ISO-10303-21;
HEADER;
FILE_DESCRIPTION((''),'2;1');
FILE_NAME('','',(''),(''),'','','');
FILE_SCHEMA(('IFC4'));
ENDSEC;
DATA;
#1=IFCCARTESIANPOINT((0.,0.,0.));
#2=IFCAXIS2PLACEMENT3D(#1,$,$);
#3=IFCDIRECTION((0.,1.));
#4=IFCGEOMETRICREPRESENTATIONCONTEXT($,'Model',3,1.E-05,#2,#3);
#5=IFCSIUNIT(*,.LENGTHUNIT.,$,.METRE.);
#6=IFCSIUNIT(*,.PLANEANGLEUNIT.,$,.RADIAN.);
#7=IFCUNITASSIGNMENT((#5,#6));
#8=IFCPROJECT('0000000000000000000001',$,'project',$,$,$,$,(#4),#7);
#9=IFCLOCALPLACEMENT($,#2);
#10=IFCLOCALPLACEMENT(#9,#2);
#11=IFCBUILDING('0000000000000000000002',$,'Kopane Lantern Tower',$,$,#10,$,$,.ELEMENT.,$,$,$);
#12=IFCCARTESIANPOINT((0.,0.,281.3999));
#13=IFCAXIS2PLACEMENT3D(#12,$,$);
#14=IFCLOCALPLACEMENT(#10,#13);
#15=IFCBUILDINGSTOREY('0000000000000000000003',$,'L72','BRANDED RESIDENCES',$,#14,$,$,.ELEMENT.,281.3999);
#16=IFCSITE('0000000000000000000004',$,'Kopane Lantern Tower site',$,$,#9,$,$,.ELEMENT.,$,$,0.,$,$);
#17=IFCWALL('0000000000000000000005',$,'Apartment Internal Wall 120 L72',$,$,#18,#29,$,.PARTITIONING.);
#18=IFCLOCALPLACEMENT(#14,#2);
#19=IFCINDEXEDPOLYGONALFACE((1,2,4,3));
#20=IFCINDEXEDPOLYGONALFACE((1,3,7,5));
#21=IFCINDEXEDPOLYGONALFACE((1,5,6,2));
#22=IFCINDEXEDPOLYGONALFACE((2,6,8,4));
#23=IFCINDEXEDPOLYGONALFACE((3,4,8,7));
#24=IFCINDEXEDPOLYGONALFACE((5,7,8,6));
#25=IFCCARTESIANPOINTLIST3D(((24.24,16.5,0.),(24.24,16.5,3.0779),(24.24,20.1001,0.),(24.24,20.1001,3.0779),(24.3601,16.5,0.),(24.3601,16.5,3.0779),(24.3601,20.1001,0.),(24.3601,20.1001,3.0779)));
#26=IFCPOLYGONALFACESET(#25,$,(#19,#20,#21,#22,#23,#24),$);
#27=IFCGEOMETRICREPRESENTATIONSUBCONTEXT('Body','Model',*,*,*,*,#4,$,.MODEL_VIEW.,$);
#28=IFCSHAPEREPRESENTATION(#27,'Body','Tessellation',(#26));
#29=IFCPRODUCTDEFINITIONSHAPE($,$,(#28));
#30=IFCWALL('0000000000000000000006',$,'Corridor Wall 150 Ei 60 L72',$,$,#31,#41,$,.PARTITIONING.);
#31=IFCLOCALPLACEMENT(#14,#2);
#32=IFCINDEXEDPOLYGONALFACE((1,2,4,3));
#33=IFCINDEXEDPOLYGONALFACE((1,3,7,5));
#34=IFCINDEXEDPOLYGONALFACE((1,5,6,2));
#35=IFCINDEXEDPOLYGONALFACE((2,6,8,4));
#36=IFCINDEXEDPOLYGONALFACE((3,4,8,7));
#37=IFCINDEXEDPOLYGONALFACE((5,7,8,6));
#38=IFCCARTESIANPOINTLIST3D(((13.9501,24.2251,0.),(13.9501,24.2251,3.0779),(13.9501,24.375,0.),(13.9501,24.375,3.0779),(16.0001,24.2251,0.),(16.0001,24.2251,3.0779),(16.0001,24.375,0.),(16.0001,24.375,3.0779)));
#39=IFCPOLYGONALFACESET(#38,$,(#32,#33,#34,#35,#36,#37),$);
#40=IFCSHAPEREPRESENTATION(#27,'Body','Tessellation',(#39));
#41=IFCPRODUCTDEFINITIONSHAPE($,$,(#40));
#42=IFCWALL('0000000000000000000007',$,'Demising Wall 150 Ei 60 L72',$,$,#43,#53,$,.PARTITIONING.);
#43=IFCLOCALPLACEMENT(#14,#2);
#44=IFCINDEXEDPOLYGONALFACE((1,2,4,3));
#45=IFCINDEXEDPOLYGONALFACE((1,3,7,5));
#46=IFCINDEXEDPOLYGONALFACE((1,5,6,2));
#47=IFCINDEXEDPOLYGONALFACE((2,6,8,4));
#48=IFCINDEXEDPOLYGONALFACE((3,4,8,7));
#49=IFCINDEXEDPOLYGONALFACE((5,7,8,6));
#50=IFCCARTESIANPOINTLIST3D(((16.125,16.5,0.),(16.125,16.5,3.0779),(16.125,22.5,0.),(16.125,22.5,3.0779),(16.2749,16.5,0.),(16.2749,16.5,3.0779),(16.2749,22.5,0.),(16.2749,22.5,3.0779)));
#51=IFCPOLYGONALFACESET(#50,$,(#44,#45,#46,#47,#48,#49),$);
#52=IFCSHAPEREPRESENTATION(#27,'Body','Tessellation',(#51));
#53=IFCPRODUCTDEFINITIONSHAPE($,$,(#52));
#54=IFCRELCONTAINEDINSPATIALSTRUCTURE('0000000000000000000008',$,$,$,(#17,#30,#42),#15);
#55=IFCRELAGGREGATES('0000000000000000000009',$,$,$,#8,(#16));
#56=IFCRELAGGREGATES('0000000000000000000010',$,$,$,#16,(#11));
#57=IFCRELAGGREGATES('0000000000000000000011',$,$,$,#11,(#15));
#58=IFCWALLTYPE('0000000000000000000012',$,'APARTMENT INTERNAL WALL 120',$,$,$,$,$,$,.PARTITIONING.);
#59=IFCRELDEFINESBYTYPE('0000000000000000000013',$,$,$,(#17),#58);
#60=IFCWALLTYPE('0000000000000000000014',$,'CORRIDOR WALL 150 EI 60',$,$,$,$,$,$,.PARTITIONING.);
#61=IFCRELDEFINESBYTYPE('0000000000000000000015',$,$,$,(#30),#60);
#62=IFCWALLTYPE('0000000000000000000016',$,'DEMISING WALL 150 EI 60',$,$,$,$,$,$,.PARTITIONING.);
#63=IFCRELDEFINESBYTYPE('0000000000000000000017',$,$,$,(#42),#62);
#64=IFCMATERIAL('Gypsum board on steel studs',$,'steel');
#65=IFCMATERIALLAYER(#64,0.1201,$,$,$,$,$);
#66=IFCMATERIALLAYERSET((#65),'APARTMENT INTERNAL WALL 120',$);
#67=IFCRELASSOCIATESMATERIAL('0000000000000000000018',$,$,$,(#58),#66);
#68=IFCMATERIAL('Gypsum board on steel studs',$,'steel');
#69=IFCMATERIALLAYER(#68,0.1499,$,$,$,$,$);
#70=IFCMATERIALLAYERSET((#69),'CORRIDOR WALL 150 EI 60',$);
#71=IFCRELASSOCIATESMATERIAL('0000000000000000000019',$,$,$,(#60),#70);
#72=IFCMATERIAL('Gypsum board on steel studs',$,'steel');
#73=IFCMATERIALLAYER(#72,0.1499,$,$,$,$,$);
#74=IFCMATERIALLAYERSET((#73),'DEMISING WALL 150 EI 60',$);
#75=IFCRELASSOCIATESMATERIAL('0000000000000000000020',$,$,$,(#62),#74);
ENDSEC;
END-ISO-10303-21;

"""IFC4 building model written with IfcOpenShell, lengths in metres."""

from ifc_helpers import new_model, si_unit, direction, frame, frame_2d, origin, place, context, subcontext, project, spatial, rectangle, extrude, material, layer, layer_set, type_object, element, save


model = new_model("IFC4")

# Units and contexts
model_context = context("Model", 3, precision=1e-05, world=origin(), true_north=direction((0.0, 1.0)))
body_context = subcontext(model_context, "Body", "Model", "MODEL_VIEW")
ifc_project = project(units=[si_unit("LENGTHUNIT", "METRE"), si_unit("PLANEANGLEUNIT", "RADIAN")], contexts=[model_context])

# Site, building, storey
site_placement = place(None, origin())
site = spatial("IfcSite", under=ifc_project, at=site_placement, Name="Kopane Lantern Tower site", CompositionType="ELEMENT", RefElevation=0.0)
building_placement = place(site_placement, origin())
building = spatial("IfcBuilding", under=site, at=building_placement, Name="Kopane Lantern Tower", CompositionType="ELEMENT")
storey_placement = place(building_placement, frame((0.0, 0.0, 281.3999)))
storey = spatial("IfcBuildingStorey", under=building, at=storey_placement, Name="L72", Description="BRANDED RESIDENCES", CompositionType="ELEMENT", Elevation=281.3999)

# Walls
ifc_material_1 = material(Name="Gypsum board on steel studs", Category="steel")
ifc_layer_1 = layer(ifc_material_1, 0.1201)
ifc_layer_set_1 = layer_set([ifc_layer_1], Name="APARTMENT INTERNAL WALL 120")
wall_type_1 = type_object("IfcWallType", Name="APARTMENT INTERNAL WALL 120", PredefinedType="PARTITIONING", material=ifc_layer_set_1)
wall_1_placement = place(storey_placement, frame((24.3, 20.1001, 0.0), z_axis=(0.0, 0.0, 1.0), x_axis=(0.0, -1.0, 0.0)))
element("IfcWall", 1, at=wall_1_placement, inside=storey, type_object=wall_type_1, Name="Apartment Internal Wall 120 L72", PredefinedType="PARTITIONING", context=body_context, shape_type="SweptSolid", body=[
    extrude(rectangle(XDim=3.6001, YDim=0.1201, at=frame_2d((1.8, 0.0))), origin(), (0.0, 0.0, 1.0), 3.0779),
])
ifc_material_2 = material(Name="Gypsum board on steel studs", Category="steel")
ifc_layer_2 = layer(ifc_material_2, 0.1499)
ifc_layer_set_2 = layer_set([ifc_layer_2], Name="CORRIDOR WALL 150 EI 60")
wall_type_2 = type_object("IfcWallType", Name="CORRIDOR WALL 150 EI 60", PredefinedType="PARTITIONING", material=ifc_layer_set_2)
wall_2_placement = place(storey_placement, frame((16.0, 24.3, 0.0), z_axis=(0.0, 0.0, 1.0), x_axis=(-1.0, 0.0, 0.0)))
element("IfcWall", 2, at=wall_2_placement, inside=storey, type_object=wall_type_2, Name="Corridor Wall 150 Ei 60 L72", PredefinedType="PARTITIONING", context=body_context, shape_type="SweptSolid", body=[
    extrude(rectangle(XDim=2.05, YDim=0.1499, at=frame_2d((1.0249, 0.0))), origin(), (0.0, 0.0, 1.0), 3.0779),
])
ifc_material_3 = material(Name="Gypsum board on steel studs", Category="steel")
ifc_layer_3 = layer(ifc_material_3, 0.1499)
ifc_layer_set_3 = layer_set([ifc_layer_3], Name="DEMISING WALL 150 EI 60")
wall_type_3 = type_object("IfcWallType", Name="DEMISING WALL 150 EI 60", PredefinedType="PARTITIONING", material=ifc_layer_set_3)
wall_3_placement = place(storey_placement, frame((16.2, 22.5, 0.0), z_axis=(0.0, 0.0, 1.0), x_axis=(0.0, -1.0, 0.0)))
element("IfcWall", 3, at=wall_3_placement, inside=storey, type_object=wall_type_3, Name="Demising Wall 150 Ei 60 L72", PredefinedType="PARTITIONING", context=body_context, shape_type="SweptSolid", body=[
    extrude(rectangle(XDim=6.0, YDim=0.1499, at=frame_2d((3.0, 0.0))), origin(), (0.0, 0.0, 1.0), 3.0779),
])

save(model, "model.ifc")
